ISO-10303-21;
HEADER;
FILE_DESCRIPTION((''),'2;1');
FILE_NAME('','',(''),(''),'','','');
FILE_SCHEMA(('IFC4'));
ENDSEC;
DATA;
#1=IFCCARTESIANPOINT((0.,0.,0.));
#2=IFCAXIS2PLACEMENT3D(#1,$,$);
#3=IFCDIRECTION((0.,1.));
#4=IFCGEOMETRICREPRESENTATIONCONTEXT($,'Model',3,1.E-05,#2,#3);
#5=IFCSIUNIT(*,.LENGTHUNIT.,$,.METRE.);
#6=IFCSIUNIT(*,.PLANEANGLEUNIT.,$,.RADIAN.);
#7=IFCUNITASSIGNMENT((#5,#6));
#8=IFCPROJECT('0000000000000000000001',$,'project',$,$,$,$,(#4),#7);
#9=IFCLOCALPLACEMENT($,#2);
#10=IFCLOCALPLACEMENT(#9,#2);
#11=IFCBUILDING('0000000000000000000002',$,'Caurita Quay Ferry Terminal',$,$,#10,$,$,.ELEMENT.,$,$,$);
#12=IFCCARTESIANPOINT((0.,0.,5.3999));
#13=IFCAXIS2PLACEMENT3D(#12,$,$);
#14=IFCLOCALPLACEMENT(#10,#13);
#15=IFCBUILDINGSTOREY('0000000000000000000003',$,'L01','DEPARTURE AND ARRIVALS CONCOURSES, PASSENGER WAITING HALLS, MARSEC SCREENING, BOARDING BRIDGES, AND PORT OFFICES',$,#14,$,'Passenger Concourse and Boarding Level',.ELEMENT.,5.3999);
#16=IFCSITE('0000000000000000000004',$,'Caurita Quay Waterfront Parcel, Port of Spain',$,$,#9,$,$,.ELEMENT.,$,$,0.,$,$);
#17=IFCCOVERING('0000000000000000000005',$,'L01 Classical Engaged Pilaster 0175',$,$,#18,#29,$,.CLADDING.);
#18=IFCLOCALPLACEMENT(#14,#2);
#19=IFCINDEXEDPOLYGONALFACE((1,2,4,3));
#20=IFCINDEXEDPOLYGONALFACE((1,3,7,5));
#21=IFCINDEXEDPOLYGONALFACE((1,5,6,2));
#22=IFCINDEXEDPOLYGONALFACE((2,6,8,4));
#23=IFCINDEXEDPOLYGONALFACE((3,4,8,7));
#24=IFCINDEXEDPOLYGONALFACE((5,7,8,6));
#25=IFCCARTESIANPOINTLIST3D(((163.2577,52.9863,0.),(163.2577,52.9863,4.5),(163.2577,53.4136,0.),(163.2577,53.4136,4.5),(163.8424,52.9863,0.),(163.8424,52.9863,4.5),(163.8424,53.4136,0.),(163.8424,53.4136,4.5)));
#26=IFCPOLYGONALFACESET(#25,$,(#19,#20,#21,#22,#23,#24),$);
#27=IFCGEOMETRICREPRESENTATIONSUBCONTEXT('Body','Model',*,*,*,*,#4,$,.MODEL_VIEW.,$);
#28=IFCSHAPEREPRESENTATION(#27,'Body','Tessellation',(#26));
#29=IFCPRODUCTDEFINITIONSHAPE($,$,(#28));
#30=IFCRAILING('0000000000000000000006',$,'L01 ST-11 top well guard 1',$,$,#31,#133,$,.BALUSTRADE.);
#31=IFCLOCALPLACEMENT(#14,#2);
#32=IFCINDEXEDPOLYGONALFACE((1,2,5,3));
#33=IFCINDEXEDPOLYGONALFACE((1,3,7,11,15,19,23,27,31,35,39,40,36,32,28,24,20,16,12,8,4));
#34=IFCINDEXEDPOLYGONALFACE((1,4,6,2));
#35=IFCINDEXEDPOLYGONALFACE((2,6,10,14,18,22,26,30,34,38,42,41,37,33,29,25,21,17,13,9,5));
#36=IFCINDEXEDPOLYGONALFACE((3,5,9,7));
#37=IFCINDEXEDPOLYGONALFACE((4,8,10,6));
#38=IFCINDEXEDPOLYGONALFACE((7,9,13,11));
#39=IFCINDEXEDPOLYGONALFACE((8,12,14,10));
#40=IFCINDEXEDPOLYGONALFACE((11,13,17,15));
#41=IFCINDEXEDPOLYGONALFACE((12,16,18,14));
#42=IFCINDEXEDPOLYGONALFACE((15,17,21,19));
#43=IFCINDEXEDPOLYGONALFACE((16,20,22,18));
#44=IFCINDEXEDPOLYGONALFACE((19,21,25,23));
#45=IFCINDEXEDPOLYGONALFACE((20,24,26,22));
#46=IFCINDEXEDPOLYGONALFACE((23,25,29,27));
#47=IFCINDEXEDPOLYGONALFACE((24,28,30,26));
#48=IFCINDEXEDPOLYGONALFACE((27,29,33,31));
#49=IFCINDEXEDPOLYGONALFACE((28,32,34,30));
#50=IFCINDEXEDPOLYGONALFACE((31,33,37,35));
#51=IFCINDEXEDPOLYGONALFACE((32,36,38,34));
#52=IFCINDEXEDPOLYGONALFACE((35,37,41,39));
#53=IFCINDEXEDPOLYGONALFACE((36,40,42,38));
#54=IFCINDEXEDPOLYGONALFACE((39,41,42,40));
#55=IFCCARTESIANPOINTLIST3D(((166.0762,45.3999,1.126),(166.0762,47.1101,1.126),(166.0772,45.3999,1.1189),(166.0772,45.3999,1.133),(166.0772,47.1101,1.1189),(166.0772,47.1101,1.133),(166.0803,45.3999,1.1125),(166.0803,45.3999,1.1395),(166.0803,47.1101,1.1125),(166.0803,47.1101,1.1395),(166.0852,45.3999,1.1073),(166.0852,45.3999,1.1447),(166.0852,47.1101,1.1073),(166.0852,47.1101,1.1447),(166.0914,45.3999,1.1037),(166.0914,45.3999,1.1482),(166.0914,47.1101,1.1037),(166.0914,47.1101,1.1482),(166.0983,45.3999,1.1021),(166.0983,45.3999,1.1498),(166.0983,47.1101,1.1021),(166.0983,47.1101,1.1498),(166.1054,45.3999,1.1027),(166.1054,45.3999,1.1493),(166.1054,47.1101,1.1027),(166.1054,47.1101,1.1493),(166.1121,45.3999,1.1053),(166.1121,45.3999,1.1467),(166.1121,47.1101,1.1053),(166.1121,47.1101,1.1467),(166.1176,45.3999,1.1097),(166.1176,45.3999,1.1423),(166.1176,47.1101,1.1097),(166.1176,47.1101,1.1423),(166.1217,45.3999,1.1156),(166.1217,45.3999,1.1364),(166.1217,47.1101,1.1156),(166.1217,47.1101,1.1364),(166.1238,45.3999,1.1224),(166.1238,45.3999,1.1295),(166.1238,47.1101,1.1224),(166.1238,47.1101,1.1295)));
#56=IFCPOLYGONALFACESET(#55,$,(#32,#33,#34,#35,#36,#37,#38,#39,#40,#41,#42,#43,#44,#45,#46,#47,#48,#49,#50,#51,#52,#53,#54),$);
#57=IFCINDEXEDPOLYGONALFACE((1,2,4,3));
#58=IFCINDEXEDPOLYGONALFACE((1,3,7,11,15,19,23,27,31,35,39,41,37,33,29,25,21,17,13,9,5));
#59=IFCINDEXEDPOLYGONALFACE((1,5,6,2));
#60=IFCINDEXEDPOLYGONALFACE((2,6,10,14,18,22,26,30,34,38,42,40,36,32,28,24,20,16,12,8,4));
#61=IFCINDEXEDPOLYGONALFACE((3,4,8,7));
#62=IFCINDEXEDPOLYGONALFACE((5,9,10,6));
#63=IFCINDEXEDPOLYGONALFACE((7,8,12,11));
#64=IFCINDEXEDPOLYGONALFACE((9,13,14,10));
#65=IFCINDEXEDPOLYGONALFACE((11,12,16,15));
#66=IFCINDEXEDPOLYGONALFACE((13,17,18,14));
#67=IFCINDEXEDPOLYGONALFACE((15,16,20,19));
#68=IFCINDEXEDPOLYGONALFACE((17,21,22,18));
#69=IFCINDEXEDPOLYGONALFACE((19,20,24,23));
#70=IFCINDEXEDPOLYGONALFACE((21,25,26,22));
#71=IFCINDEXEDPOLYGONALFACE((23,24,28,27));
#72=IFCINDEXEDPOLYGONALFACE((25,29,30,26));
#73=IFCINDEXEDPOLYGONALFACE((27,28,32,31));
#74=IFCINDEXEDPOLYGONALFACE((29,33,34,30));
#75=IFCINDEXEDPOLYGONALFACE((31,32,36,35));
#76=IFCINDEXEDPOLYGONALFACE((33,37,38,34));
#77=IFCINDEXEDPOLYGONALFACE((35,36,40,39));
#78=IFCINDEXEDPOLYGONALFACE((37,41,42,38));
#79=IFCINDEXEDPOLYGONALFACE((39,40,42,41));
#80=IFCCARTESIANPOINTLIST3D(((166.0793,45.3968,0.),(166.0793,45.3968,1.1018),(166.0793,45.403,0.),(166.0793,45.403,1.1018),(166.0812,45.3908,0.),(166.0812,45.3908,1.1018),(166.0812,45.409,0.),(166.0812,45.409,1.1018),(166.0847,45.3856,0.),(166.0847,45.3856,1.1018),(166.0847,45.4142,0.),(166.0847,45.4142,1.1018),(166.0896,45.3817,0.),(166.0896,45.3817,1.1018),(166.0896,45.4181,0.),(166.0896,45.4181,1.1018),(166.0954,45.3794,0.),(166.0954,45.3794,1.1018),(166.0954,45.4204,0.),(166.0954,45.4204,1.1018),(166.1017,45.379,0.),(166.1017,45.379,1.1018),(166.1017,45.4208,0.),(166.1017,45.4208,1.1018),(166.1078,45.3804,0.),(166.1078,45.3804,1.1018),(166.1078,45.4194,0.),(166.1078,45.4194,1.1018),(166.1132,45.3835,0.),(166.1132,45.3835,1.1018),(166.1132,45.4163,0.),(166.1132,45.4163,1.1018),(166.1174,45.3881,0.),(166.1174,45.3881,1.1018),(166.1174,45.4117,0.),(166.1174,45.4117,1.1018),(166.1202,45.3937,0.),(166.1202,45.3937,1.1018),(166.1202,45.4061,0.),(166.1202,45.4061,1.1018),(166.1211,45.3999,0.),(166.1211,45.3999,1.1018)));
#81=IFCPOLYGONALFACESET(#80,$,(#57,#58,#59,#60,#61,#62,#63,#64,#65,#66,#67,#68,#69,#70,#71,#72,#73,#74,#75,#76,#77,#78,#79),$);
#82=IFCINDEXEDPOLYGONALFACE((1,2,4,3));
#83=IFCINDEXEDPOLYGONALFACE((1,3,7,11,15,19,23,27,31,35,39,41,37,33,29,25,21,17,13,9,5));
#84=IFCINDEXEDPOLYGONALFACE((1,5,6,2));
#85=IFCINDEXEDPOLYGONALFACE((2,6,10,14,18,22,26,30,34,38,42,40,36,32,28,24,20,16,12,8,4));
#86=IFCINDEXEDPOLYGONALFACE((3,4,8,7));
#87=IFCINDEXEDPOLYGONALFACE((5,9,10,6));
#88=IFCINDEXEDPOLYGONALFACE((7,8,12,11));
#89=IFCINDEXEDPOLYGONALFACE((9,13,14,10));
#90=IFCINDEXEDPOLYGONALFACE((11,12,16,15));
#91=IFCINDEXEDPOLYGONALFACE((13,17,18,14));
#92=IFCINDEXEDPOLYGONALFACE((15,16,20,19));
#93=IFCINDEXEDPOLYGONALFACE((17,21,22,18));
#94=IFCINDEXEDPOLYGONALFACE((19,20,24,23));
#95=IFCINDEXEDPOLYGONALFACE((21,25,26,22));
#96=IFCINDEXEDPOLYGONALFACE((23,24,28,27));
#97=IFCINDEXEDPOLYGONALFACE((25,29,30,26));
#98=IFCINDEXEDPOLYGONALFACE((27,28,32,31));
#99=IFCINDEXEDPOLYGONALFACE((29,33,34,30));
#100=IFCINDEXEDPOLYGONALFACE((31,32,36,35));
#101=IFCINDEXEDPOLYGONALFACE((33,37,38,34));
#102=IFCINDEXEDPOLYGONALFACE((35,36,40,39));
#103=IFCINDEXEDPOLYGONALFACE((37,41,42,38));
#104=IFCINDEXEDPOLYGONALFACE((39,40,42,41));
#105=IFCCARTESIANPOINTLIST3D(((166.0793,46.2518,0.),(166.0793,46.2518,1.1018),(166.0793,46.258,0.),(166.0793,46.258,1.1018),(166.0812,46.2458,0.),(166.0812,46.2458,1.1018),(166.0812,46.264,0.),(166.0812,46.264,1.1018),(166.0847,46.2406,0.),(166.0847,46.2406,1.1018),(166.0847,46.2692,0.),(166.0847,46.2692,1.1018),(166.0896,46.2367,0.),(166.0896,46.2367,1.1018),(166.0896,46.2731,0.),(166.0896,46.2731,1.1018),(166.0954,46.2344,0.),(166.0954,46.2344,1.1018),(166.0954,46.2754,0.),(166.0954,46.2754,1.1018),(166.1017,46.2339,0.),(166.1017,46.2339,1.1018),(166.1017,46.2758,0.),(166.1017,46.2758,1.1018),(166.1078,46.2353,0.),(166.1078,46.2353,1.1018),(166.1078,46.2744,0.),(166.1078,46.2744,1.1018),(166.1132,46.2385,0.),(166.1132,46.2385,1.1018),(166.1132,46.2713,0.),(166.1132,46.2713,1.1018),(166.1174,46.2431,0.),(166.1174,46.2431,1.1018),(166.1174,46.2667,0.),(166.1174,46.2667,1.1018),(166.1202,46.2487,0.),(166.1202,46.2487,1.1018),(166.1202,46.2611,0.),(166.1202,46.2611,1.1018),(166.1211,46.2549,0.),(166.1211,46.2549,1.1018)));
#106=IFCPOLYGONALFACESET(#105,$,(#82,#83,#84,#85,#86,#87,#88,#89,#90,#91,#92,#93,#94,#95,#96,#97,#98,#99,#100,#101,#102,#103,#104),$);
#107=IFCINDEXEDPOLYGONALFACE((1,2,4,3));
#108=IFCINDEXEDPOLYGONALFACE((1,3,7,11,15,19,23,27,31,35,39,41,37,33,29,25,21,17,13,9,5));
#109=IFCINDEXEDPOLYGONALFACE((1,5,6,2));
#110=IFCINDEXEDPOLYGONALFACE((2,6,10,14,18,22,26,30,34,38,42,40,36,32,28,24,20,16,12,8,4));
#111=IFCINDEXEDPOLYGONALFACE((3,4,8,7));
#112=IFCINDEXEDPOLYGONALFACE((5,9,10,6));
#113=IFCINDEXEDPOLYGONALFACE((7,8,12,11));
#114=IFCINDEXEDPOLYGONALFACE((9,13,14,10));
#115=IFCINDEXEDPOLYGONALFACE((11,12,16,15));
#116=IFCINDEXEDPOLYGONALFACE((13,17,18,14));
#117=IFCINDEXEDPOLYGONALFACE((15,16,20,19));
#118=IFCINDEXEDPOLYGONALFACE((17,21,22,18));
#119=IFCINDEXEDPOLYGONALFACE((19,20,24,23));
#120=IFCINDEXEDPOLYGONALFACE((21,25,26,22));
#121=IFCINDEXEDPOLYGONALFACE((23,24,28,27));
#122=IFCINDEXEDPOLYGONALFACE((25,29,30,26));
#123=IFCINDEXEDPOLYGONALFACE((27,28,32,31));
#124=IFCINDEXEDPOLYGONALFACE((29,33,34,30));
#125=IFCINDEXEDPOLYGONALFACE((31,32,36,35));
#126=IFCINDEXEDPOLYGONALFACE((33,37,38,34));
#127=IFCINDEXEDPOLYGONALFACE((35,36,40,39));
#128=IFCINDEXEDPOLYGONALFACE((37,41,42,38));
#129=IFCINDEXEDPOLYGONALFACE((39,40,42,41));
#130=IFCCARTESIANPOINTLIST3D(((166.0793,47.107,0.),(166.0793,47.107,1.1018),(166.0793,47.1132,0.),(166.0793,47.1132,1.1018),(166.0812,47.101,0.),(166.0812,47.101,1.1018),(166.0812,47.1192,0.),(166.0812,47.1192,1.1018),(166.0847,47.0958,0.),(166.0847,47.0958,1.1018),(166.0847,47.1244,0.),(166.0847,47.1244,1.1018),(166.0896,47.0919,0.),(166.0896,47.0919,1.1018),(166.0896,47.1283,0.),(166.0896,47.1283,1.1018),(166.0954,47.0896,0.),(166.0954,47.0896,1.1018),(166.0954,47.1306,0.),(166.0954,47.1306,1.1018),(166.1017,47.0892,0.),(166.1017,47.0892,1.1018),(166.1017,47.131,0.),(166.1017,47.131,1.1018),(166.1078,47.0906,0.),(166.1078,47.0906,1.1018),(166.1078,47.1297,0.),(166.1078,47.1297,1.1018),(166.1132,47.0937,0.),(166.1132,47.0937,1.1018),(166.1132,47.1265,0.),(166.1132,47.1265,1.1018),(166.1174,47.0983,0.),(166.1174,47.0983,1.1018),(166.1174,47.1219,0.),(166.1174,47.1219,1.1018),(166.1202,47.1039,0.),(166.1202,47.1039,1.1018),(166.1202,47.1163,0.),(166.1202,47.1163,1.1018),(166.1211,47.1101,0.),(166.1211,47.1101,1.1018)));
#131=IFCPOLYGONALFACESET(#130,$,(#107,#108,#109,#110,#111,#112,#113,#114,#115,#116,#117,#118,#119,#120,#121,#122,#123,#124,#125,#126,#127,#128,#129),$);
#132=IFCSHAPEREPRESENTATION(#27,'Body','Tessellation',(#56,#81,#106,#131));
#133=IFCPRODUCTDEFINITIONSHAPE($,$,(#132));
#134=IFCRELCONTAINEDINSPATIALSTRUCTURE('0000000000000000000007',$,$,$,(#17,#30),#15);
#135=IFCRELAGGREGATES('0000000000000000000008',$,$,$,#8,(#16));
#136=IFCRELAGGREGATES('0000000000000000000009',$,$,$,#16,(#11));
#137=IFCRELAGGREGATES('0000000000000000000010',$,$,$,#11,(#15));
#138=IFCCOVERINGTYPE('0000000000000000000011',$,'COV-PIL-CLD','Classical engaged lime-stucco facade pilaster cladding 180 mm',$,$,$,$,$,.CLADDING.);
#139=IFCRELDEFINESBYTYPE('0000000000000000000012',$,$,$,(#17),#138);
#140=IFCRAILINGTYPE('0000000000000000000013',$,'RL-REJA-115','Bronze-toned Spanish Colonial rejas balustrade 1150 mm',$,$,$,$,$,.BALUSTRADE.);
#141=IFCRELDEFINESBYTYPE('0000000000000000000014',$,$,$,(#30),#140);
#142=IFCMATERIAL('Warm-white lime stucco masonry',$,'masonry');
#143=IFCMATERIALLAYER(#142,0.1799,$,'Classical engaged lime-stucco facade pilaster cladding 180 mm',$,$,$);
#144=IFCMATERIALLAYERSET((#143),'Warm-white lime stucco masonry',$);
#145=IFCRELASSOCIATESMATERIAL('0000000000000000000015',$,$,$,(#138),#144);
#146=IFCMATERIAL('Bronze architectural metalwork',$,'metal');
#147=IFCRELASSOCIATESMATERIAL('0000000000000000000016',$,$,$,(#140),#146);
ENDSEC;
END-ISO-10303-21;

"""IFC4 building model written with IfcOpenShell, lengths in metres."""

from ifc_helpers import new_model, si_unit, direction, frame, origin, origin_2d, place, context, subcontext, project, spatial, rectangle, circle, extrude, material, layer, layer_set, type_object, element, save


model = new_model("IFC4")

# Units and contexts
model_context = context("Model", 3, precision=1e-05, world=origin(), true_north=direction((0.0, 1.0)))
body_context = subcontext(model_context, "Body", "Model", "MODEL_VIEW")
ifc_project = project(units=[si_unit("LENGTHUNIT", "METRE"), si_unit("PLANEANGLEUNIT", "RADIAN")], contexts=[model_context])

# Site, building, storey
site_placement = place(None, origin())
site = spatial("IfcSite", under=ifc_project, at=site_placement, Name="Caurita Quay Waterfront Parcel, Port of Spain", CompositionType="ELEMENT", RefElevation=0.0)
building_placement = place(site_placement, origin())
building = spatial("IfcBuilding", under=site, at=building_placement, Name="Caurita Quay Ferry Terminal", CompositionType="ELEMENT")
storey_placement = place(building_placement, frame((0.0, 0.0, 5.3999)))
storey = spatial("IfcBuildingStorey", under=building, at=storey_placement, Name="L01", Description="DEPARTURE AND ARRIVALS CONCOURSES, PASSENGER WAITING HALLS, MARSEC SCREENING, BOARDING BRIDGES, AND PORT OFFICES", LongName="Passenger Concourse and Boarding Level", CompositionType="ELEMENT", Elevation=5.3999)

# Covering
ifc_material_1 = material(Name="Warm-white lime stucco masonry", Category="masonry")
ifc_layer_1 = layer(ifc_material_1, 0.1799, Name="Classical engaged lime-stucco facade pilaster cladding 180 mm")
ifc_layer_set_1 = layer_set([ifc_layer_1], Name="Warm-white lime stucco masonry")
covering_type = type_object("IfcCoveringType", Name="COV-PIL-CLD", Description="Classical engaged lime-stucco facade pilaster cladding 180 mm", PredefinedType="CLADDING", material=ifc_layer_set_1)
covering_placement = place(storey_placement, frame((163.55, 53.2, 0.0), z_axis=(0.0, 0.0, 1.0), x_axis=(1.0, 0.0, 0.0)))
element("IfcCovering", 1, at=covering_placement, inside=storey, type_object=covering_type, Name="L01 Classical Engaged Pilaster 0175", PredefinedType="CLADDING", context=body_context, shape_type="SweptSolid", body=[
    extrude(rectangle(XDim=0.5847, YDim=0.4272, at=origin_2d()), origin(), (0.0, 0.0, 1.0), 4.5),
])

# Railing
ifc_material_2 = material(Name="Bronze architectural metalwork", Category="metal")
railing_type = type_object("IfcRailingType", Name="RL-REJA-115", Description="Bronze-toned Spanish Colonial rejas balustrade 1150 mm", PredefinedType="BALUSTRADE", material=ifc_material_2)
railing_placement = place(storey_placement, frame((166.1001, 45.3999, 0.0)))
element("IfcRailing", 2, at=railing_placement, inside=storey, type_object=railing_type, Name="L01 ST-11 top well guard 1", PredefinedType="BALUSTRADE", context=body_context, shape_type="SweptSolid", body=[
    extrude(circle(Radius=0.0239, at=origin_2d()), frame((0.0, 0.0, 1.126), z_axis=(0.0, 1.0, 0.0), x_axis=(-1.0, 0.0, 0.0)), (0.0, 0.0, 1.0), 1.7102),
    extrude(circle(Radius=0.021, at=origin_2d()), origin(), (0.0, 0.0, 1.0), 1.1018),
    extrude(circle(Radius=0.021, at=origin_2d()), frame((0.0, 0.855, 0.0)), (0.0, 0.0, 1.0), 1.1018),
    extrude(circle(Radius=0.021, at=origin_2d()), frame((0.0, 1.7102, 0.0)), (0.0, 0.0, 1.0), 1.1018),
])

save(model, "model.ifc")
